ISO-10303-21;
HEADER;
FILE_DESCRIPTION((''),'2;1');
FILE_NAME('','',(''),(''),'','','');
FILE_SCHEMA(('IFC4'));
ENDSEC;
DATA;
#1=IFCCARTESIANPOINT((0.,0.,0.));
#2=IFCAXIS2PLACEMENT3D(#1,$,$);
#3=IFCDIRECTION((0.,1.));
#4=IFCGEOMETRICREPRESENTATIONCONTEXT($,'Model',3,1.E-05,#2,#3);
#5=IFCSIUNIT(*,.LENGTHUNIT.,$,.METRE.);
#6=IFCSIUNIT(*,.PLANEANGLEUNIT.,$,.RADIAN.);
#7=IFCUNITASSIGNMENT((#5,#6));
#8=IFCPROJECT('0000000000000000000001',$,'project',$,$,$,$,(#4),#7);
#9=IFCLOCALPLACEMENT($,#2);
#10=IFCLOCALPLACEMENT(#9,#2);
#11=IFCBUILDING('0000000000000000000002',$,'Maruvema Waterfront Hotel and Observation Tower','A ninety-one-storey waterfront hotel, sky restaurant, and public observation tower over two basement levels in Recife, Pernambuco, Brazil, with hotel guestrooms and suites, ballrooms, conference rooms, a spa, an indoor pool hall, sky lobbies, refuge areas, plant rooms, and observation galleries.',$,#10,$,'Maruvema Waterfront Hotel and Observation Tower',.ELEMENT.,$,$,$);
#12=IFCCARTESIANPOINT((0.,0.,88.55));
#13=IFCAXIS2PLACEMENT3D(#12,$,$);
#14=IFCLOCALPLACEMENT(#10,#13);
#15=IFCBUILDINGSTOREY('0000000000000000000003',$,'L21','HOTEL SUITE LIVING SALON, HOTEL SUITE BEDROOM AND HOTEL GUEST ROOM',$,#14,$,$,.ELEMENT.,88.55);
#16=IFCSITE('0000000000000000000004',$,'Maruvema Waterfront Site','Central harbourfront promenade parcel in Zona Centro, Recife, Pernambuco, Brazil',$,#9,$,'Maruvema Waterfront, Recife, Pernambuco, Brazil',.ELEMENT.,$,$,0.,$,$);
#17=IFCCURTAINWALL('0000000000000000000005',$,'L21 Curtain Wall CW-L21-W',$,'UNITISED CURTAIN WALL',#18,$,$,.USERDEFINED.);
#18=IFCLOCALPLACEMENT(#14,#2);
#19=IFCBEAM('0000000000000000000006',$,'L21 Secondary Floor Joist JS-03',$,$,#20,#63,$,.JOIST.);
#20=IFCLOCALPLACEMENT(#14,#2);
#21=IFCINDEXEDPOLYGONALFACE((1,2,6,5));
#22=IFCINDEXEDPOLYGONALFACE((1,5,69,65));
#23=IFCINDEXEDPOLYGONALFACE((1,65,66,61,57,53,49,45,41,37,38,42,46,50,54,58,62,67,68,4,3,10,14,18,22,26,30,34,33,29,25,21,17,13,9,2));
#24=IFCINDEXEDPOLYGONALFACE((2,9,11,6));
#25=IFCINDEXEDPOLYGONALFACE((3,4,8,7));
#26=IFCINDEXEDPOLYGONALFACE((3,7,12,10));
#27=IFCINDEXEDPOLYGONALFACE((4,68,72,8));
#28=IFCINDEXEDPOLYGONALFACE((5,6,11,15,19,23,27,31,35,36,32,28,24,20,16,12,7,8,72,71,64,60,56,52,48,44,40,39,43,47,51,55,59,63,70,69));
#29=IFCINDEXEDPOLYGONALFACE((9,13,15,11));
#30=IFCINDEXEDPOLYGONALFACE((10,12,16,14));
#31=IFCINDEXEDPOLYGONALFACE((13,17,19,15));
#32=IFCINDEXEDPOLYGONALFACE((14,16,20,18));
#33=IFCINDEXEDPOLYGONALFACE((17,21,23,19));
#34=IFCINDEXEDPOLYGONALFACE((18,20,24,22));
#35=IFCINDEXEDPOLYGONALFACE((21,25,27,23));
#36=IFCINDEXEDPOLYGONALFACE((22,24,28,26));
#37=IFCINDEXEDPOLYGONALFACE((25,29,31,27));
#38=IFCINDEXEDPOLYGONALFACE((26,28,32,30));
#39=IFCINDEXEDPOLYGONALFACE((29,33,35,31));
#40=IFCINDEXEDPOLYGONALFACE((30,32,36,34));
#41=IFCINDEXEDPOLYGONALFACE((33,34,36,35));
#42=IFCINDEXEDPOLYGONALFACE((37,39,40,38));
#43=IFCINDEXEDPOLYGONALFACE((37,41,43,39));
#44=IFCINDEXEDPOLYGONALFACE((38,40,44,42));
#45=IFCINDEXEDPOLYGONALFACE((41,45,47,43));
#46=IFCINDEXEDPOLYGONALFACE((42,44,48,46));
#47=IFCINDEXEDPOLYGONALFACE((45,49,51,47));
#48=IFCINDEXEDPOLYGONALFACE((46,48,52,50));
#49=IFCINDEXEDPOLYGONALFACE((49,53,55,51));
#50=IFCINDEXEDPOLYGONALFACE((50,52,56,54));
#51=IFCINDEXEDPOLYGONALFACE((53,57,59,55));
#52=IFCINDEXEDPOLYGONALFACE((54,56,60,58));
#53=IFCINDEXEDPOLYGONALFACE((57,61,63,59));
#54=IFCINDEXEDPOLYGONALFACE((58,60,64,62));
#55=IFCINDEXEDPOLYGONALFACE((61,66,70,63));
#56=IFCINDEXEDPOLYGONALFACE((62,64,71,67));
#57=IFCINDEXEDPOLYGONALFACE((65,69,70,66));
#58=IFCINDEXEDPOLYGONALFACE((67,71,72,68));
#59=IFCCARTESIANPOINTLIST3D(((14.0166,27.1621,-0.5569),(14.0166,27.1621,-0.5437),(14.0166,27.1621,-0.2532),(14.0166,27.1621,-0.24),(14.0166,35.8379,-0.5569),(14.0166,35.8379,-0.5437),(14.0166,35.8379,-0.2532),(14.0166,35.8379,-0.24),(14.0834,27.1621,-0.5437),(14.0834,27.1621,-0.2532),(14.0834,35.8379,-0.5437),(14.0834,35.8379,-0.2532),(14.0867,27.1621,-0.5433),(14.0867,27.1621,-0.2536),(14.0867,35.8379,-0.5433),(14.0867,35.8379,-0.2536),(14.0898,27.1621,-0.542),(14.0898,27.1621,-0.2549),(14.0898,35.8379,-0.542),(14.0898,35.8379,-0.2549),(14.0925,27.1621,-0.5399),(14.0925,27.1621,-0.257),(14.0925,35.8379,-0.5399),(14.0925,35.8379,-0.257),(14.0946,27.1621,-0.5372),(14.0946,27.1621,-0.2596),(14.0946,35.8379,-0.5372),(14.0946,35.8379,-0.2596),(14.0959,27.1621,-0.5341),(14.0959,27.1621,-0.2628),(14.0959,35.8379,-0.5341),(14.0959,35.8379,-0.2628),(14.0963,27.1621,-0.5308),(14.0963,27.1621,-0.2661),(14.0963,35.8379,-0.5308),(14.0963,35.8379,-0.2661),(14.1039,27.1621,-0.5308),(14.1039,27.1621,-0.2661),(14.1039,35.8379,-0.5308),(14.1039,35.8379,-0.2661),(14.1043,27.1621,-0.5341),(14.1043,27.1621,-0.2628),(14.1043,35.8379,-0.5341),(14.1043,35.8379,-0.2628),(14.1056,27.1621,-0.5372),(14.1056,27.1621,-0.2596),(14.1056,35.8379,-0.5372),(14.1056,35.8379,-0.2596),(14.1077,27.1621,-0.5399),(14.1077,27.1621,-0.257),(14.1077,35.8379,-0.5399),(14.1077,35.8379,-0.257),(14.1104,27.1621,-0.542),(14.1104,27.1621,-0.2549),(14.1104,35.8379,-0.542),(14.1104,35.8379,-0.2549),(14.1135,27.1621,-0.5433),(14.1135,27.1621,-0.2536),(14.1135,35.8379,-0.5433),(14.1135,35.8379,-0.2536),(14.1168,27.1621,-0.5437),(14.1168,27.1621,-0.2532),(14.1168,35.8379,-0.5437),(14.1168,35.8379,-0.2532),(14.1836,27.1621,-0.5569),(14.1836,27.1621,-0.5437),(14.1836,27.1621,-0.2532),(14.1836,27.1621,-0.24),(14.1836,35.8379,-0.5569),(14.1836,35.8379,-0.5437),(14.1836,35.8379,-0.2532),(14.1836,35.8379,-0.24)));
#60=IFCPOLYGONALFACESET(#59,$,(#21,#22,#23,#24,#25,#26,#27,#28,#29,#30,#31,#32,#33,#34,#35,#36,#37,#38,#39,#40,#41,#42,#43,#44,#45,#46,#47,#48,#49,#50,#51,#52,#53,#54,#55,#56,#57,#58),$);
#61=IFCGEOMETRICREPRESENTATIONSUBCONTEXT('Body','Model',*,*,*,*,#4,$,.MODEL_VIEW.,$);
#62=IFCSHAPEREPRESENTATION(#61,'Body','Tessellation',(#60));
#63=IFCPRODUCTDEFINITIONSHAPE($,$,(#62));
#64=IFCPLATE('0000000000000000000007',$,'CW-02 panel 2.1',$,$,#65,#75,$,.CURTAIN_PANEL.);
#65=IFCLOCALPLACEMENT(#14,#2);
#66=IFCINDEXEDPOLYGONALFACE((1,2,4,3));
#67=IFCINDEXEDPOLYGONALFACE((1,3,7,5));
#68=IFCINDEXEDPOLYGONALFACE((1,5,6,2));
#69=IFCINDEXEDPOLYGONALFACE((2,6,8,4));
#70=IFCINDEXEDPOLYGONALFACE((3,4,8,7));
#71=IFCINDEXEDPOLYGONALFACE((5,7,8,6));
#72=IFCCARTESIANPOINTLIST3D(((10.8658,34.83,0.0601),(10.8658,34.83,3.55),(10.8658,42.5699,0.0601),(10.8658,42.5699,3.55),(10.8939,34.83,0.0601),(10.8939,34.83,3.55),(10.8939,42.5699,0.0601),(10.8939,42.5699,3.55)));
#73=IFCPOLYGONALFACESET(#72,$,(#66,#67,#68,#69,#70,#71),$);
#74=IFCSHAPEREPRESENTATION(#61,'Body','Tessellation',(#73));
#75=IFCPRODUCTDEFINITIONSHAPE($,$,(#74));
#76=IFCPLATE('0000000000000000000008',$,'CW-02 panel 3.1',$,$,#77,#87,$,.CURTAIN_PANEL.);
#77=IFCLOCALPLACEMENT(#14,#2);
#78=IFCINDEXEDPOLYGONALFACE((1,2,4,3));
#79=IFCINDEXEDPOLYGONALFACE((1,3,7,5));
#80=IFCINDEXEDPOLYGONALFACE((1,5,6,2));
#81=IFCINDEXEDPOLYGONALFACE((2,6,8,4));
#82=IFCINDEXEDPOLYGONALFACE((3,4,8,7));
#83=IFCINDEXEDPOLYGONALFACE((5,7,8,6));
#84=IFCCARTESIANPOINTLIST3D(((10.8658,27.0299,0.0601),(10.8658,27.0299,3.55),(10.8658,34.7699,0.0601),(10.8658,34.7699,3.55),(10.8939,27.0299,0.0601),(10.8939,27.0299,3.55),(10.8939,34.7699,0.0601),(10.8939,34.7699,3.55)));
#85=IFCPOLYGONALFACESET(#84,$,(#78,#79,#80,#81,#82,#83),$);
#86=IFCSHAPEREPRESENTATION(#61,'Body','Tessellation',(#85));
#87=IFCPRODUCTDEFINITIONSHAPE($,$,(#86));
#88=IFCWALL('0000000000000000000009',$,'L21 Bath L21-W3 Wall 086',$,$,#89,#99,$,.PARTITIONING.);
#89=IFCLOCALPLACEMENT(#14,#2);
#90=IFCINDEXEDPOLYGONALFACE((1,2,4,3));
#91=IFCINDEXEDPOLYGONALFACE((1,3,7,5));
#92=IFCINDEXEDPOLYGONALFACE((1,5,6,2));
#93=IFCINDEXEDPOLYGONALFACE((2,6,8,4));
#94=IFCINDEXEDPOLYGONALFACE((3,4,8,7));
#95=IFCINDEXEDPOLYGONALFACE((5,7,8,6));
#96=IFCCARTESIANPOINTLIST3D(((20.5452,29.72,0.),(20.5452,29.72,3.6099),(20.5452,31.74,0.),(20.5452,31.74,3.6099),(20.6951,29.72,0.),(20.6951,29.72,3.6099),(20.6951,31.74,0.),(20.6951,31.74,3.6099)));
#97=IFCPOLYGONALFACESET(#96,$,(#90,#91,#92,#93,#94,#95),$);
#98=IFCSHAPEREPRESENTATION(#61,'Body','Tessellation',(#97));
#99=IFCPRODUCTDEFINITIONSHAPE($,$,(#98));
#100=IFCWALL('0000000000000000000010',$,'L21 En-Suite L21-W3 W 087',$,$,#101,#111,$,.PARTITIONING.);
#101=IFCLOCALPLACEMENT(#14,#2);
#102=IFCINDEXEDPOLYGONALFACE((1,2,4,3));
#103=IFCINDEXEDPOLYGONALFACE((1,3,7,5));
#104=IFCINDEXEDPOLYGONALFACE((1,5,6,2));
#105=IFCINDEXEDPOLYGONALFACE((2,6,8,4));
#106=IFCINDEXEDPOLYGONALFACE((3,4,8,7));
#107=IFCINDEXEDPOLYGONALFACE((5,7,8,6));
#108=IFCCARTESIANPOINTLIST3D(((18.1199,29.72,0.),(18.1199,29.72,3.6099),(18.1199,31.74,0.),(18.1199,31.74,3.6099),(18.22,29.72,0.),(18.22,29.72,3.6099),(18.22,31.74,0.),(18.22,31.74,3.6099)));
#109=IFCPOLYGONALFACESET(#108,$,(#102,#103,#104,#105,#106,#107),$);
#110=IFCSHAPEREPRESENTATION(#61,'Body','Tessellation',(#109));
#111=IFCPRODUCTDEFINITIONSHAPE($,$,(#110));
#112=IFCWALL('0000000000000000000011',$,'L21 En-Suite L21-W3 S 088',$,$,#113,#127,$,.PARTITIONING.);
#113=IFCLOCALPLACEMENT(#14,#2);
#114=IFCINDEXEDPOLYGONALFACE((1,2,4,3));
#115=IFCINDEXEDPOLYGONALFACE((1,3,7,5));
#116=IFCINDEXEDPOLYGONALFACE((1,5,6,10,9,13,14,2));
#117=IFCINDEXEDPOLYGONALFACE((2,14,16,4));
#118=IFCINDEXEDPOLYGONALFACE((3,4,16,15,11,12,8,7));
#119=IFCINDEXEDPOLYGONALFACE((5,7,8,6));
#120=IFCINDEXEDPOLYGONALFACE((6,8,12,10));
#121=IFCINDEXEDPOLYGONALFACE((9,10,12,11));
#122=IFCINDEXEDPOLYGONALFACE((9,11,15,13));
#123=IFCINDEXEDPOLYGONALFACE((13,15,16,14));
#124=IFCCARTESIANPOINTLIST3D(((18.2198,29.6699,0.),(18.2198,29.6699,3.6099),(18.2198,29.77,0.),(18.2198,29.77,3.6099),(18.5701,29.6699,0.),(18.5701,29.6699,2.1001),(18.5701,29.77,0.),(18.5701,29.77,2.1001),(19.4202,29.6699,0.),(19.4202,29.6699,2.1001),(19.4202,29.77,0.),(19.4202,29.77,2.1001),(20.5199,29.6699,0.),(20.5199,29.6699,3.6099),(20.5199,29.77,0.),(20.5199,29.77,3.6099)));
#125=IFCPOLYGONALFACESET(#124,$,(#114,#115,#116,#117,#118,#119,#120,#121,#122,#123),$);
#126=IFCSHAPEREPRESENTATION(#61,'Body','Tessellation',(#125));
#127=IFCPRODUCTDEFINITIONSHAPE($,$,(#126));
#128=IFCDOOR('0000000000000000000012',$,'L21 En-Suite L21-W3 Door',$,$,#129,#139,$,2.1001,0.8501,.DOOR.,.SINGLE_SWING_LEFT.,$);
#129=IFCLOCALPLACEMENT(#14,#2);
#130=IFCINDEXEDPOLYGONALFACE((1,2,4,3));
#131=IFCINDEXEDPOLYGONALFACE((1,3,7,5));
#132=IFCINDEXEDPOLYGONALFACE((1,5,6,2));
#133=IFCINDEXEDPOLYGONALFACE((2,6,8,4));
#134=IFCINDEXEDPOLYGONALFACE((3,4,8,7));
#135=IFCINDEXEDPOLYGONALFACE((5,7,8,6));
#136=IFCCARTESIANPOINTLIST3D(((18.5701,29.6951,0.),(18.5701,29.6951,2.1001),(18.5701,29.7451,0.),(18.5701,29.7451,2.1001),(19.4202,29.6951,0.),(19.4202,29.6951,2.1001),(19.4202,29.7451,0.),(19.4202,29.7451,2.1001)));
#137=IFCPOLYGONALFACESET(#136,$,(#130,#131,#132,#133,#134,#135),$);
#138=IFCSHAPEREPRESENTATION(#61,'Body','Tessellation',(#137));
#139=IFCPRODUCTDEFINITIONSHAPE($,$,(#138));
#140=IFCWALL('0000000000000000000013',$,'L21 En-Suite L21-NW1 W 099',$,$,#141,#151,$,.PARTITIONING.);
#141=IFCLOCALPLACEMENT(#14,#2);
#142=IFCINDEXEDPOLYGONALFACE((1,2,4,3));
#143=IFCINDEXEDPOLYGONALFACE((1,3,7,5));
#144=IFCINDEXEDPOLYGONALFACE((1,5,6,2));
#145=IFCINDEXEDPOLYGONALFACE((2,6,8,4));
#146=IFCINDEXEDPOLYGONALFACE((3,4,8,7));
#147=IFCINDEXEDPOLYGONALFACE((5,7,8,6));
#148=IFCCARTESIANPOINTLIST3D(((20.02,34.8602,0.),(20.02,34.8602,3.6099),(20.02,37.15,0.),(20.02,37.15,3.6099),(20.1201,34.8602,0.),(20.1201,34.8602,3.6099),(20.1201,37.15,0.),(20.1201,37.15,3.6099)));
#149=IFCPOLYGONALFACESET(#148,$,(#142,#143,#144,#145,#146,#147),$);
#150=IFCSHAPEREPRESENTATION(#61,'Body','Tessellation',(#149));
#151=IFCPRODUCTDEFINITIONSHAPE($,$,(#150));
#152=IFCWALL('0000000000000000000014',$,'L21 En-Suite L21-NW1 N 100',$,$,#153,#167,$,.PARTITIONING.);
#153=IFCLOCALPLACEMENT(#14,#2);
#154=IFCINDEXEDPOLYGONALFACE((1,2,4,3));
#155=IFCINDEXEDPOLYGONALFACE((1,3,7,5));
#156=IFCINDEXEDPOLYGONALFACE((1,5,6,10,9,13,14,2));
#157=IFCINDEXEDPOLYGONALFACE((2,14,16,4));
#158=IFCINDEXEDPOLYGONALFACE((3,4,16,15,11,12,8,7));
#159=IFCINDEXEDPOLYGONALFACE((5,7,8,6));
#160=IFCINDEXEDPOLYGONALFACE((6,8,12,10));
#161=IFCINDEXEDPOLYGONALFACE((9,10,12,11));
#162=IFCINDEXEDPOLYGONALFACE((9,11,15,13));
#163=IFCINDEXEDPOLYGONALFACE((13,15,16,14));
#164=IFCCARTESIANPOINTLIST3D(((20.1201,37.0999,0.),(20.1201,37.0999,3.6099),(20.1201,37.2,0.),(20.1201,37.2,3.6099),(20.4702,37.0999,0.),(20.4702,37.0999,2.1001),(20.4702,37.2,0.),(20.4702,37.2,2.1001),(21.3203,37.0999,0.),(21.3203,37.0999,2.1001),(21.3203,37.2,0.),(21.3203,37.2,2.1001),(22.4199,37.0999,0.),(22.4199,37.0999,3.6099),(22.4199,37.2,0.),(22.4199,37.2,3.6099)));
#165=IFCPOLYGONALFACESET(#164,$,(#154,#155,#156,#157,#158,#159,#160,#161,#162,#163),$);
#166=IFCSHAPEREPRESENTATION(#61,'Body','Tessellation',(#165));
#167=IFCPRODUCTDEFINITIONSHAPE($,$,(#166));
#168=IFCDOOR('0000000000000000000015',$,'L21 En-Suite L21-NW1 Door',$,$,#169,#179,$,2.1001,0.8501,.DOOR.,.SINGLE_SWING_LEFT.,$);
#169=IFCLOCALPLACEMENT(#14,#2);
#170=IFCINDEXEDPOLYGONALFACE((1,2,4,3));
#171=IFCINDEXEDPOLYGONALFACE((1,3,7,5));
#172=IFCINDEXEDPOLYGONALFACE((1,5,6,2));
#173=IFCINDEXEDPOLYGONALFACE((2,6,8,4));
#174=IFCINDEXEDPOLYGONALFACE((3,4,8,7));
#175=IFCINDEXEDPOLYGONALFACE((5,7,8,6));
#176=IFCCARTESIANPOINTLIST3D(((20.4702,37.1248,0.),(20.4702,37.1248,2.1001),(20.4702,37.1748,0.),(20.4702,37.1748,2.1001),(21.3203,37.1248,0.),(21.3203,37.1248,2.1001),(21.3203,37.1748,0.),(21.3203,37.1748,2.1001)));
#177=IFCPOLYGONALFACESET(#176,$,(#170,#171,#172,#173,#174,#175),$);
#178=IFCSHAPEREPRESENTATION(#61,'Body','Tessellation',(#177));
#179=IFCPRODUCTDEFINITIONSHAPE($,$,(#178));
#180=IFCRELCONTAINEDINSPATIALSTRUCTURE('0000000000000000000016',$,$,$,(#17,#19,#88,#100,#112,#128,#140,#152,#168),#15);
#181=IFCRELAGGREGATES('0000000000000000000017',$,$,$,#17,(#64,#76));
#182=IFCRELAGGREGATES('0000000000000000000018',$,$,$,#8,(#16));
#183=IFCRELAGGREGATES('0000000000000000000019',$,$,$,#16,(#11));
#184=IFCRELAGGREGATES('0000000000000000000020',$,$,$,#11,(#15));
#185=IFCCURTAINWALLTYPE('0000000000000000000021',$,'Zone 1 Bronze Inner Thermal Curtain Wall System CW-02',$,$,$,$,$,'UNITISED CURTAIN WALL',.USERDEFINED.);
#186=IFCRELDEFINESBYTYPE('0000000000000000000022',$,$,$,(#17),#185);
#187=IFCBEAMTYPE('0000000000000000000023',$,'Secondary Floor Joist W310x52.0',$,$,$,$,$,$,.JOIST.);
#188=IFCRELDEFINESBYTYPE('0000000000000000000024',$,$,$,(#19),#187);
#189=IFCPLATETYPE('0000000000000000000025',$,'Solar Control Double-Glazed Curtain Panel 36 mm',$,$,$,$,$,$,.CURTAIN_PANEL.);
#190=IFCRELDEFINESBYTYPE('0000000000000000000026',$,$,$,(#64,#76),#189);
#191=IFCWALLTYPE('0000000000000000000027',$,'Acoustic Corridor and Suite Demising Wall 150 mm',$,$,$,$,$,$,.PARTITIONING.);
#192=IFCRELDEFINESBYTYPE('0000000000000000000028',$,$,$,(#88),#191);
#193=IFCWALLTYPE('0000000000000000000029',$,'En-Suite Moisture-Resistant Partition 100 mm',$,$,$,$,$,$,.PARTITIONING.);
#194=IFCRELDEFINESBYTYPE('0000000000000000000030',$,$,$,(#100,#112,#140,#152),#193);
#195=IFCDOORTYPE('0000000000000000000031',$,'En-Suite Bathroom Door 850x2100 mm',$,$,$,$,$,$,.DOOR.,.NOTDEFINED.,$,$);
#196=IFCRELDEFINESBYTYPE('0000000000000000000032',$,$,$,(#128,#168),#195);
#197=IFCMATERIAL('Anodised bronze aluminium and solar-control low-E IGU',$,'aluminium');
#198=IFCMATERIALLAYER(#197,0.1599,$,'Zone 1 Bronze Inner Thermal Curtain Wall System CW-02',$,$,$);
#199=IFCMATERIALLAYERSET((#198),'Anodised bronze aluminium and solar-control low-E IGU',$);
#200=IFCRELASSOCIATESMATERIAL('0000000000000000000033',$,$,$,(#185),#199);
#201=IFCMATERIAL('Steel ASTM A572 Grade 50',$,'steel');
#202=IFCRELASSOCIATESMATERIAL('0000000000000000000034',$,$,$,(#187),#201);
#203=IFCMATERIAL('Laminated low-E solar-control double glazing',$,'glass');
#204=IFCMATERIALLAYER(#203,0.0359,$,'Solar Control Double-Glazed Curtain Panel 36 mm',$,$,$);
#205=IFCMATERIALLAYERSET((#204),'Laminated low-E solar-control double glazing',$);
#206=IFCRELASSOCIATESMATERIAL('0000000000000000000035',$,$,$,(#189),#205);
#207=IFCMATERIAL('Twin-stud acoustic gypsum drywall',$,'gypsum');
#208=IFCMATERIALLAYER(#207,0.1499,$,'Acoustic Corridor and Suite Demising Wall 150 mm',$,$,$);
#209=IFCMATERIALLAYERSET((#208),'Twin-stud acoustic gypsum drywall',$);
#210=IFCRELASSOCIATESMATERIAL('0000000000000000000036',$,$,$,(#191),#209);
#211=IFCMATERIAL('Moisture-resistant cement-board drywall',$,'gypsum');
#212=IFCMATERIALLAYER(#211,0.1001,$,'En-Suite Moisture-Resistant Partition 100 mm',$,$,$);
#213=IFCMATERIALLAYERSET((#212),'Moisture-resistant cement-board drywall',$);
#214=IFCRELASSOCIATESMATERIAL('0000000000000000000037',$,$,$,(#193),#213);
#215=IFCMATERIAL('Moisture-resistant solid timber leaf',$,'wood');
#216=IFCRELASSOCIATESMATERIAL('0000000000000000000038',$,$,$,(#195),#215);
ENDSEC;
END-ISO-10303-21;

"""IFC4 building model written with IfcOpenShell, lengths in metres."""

from ifc_helpers import new_model, si_unit, direction, frame, frame_2d, origin, origin_2d, place, context, subcontext, project, spatial, rectangle, i_section, extrude, material, layer, layer_set, material_profile, profile_set, type_object, element, fill, aggregate, save


model = new_model("IFC4")

# Units and contexts
model_context = context("Model", 3, precision=1e-05, world=origin(), true_north=direction((0.0, 1.0)))
body_context = subcontext(model_context, "Body", "Model", "MODEL_VIEW")
ifc_project = project(units=[si_unit("LENGTHUNIT", "METRE"), si_unit("PLANEANGLEUNIT", "RADIAN")], contexts=[model_context])

# Site, building, storey
site_placement = place(None, origin())
site = spatial("IfcSite", under=ifc_project, at=site_placement, Name="Maruvema Waterfront Site", Description="Central harbourfront promenade parcel in Zona Centro, Recife, Pernambuco, Brazil", LongName="Maruvema Waterfront, Recife, Pernambuco, Brazil", CompositionType="ELEMENT", RefElevation=0.0)
building_placement = place(site_placement, origin())
building = spatial("IfcBuilding", under=site, at=building_placement, Name="Maruvema Waterfront Hotel and Observation Tower", Description="A ninety-one-storey waterfront hotel, sky restaurant, and public observation tower over two basement levels in Recife, Pernambuco, Brazil, with hotel guestrooms and suites, ballrooms, conference rooms, a spa, an indoor pool hall, sky lobbies, refuge areas, plant rooms, and observation galleries.", LongName="Maruvema Waterfront Hotel and Observation Tower", CompositionType="ELEMENT")
storey_placement = place(building_placement, frame((0.0, 0.0, 88.55)))
storey = spatial("IfcBuildingStorey", under=building, at=storey_placement, Name="L21", Description="HOTEL SUITE LIVING SALON, HOTEL SUITE BEDROOM AND HOTEL GUEST ROOM", CompositionType="ELEMENT", Elevation=88.55)

# Curtain wall
ifc_material_1 = material(Name="Anodised bronze aluminium and solar-control low-E IGU", Category="aluminium")
ifc_layer_1 = layer(ifc_material_1, 0.1599, Name="Zone 1 Bronze Inner Thermal Curtain Wall System CW-02")
ifc_layer_set_1 = layer_set([ifc_layer_1], Name="Anodised bronze aluminium and solar-control low-E IGU")
curtain_wall_type = type_object("IfcCurtainWallType", Name="Zone 1 Bronze Inner Thermal Curtain Wall System CW-02", ElementType="UNITISED CURTAIN WALL", PredefinedType="USERDEFINED", material=ifc_layer_set_1)
curtain_wall_placement = place(storey_placement, origin())
curtain_wall = element("IfcCurtainWall", 1, at=curtain_wall_placement, inside=storey, type_object=curtain_wall_type, Name="L21 Curtain Wall CW-L21-W", ObjectType="UNITISED CURTAIN WALL", PredefinedType="USERDEFINED")

# Beam
ifc_material_2 = material(Name="Steel ASTM A572 Grade 50", Category="steel")
ifc_material_profile_1 = material_profile(ifc_material_2, i_section(OverallWidth=0.167, OverallDepth=0.3169, WebThickness=0.0076, FlangeThickness=0.0132, FilletRadius=0.0129, at=origin_2d()), Name="W310x52.0")
ifc_profile_set_1 = profile_set([ifc_material_profile_1], Name="Steel ASTM A572 Grade 50")
beam_type_1 = type_object("IfcBeamType", Name="Secondary Floor Joist W310x52.0", PredefinedType="JOIST", material=ifc_profile_set_1)
beam_1_placement = place(storey_placement, frame((14.1001, 27.1621, -0.3984), z_axis=(0.0, 1.0, 0.0), x_axis=(-1.0, 0.0, 0.0)))
element("IfcBeam", 2, at=beam_1_placement, inside=storey, type_object=beam_type_1, Name="L21 Secondary Floor Joist JS-03", PredefinedType="JOIST", context=body_context, shape_type="SweptSolid", body=[
    extrude(i_section(OverallWidth=0.167, OverallDepth=0.3169, WebThickness=0.0076, FlangeThickness=0.0132, FilletRadius=0.0129, at=origin_2d()), origin(), (0.0, 0.0, 1.0), 8.6758),
])

# Plates
ifc_material_3 = material(Name="Laminated low-E solar-control double glazing", Category="glass")
ifc_layer_2 = layer(ifc_material_3, 0.0359, Name="Solar Control Double-Glazed Curtain Panel 36 mm")
ifc_layer_set_2 = layer_set([ifc_layer_2], Name="Laminated low-E solar-control double glazing")
plate_type = type_object("IfcPlateType", Name="Solar Control Double-Glazed Curtain Panel 36 mm", PredefinedType="CURTAIN_PANEL", material=ifc_layer_set_2)
plate_1_placement = place(storey_placement, frame((10.8799, 38.7, 0.0601), z_axis=(0.0, 0.0, 1.0), x_axis=(0.0, -1.0, 0.0)))
plate_1 = element("IfcPlate", 3, at=plate_1_placement, type_object=plate_type, Name="CW-02 panel 2.1", PredefinedType="CURTAIN_PANEL", context=body_context, shape_type="SweptSolid", body=[
    extrude(rectangle(XDim=7.74, YDim=0.0281, at=origin_2d()), origin(), (0.0, 0.0, 1.0), 3.49),
])
plate_2_placement = place(storey_placement, frame((10.8799, 30.8999, 0.0601), z_axis=(0.0, 0.0, 1.0), x_axis=(0.0, -1.0, 0.0)))
plate_2 = element("IfcPlate", 4, at=plate_2_placement, type_object=plate_type, Name="CW-02 panel 3.1", PredefinedType="CURTAIN_PANEL", context=body_context, shape_type="SweptSolid", body=[
    extrude(rectangle(XDim=7.74, YDim=0.0281, at=origin_2d()), origin(), (0.0, 0.0, 1.0), 3.49),
])
aggregate(curtain_wall, [plate_1, plate_2])

# Walls
ifc_material_4 = material(Name="Twin-stud acoustic gypsum drywall", Category="gypsum")
ifc_layer_3 = layer(ifc_material_4, 0.1499, Name="Acoustic Corridor and Suite Demising Wall 150 mm")
ifc_layer_set_3 = layer_set([ifc_layer_3], Name="Twin-stud acoustic gypsum drywall")
wall_type_1 = type_object("IfcWallType", Name="Acoustic Corridor and Suite Demising Wall 150 mm", PredefinedType="PARTITIONING", material=ifc_layer_set_3)
wall_1_placement = place(storey_placement, frame((20.6201, 29.72, 0.0), z_axis=(0.0, 0.0, 1.0), x_axis=(0.0, 1.0, 0.0)))
element("IfcWall", 5, at=wall_1_placement, inside=storey, type_object=wall_type_1, Name="L21 Bath L21-W3 Wall 086", PredefinedType="PARTITIONING", context=body_context, shape_type="SweptSolid", body=[
    extrude(rectangle(XDim=2.02, YDim=0.1499, at=frame_2d((1.01, 0.0))), origin(), (0.0, 0.0, 1.0), 3.6099),
])
ifc_material_5 = material(Name="Moisture-resistant cement-board drywall", Category="gypsum")
ifc_layer_4 = layer(ifc_material_5, 0.1001, Name="En-Suite Moisture-Resistant Partition 100 mm")
ifc_layer_set_4 = layer_set([ifc_layer_4], Name="Moisture-resistant cement-board drywall")
wall_type_2 = type_object("IfcWallType", Name="En-Suite Moisture-Resistant Partition 100 mm", PredefinedType="PARTITIONING", material=ifc_layer_set_4)
wall_2_placement = place(storey_placement, frame((18.1699, 29.72, 0.0), z_axis=(0.0, 0.0, 1.0), x_axis=(0.0, 1.0, 0.0)))
element("IfcWall", 6, at=wall_2_placement, inside=storey, type_object=wall_type_2, Name="L21 En-Suite L21-W3 W 087", PredefinedType="PARTITIONING", context=body_context, shape_type="SweptSolid", body=[
    extrude(rectangle(XDim=2.02, YDim=0.1001, at=frame_2d((1.01, 0.0))), origin(), (0.0, 0.0, 1.0), 3.6099),
])

# Wall, opening, door
wall_3_placement = place(storey_placement, frame((18.22, 29.72, 0.0), z_axis=(0.0, 0.0, 1.0), x_axis=(1.0, 0.0, 0.0)))
wall_3 = element("IfcWall", 7, at=wall_3_placement, inside=storey, type_object=wall_type_2, Name="L21 En-Suite L21-W3 S 088", PredefinedType="PARTITIONING", context=body_context, shape_type="SweptSolid", body=[
    extrude(rectangle(XDim=2.3, YDim=0.1001, at=frame_2d((1.1499, 0.0))), origin(), (0.0, 0.0, 1.0), 3.6099),
])
opening_1_placement = place(wall_3_placement, frame((0.3501, 0.0, 0.0)))
opening_1 = element("IfcOpeningElement", 8, at=opening_1_placement, cuts=wall_3, PredefinedType="OPENING", context=body_context, shape_type="SweptSolid", body=[
    extrude(rectangle(XDim=0.8501, YDim=2.1001, at=frame_2d((0.425, 1.05))), frame((0.0, 0.0601, 0.0), z_axis=(0.0, -1.0, 0.0), x_axis=(1.0, 0.0, 0.0)), (0.0, 0.0, 1.0), 0.1201),
])
ifc_material_6 = material(Name="Moisture-resistant solid timber leaf", Category="wood")
door_type_1 = type_object("IfcDoorType", Name="En-Suite Bathroom Door 850x2100 mm", OperationType="NOTDEFINED", PredefinedType="DOOR", material=ifc_material_6)
door_1_placement = place(opening_1_placement, frame((0.8501, 0.0, 0.0), z_axis=(0.0, 0.0, 1.0), x_axis=(-1.0, 0.0, 0.0)))
door_1 = element("IfcDoor", 9, at=door_1_placement, inside=storey, type_object=door_type_1, Name="L21 En-Suite L21-W3 Door", OperationType="SINGLE_SWING_LEFT", OverallHeight=2.1001, OverallWidth=0.8501, PredefinedType="DOOR", context=body_context, shape_type="SweptSolid", body=[
    extrude(rectangle(XDim=0.8501, YDim=2.1001, at=frame_2d((0.425, 1.05))), frame((0.0, 0.0249, 0.0), z_axis=(0.0, -1.0, 0.0), x_axis=(1.0, 0.0, 0.0)), (0.0, 0.0, 1.0), 0.05),
])
fill(opening_1, door_1)

# Wall
wall_4_placement = place(storey_placement, frame((20.0701, 34.8601, 0.0), z_axis=(0.0, 0.0, 1.0), x_axis=(0.0, 1.0, 0.0)))
element("IfcWall", 10, at=wall_4_placement, inside=storey, type_object=wall_type_2, Name="L21 En-Suite L21-NW1 W 099", PredefinedType="PARTITIONING", context=body_context, shape_type="SweptSolid", body=[
    extrude(rectangle(XDim=2.2898, YDim=0.1001, at=frame_2d((1.145, 0.0))), origin(), (0.0, 0.0, 1.0), 3.6099),
])

# Wall, opening, door
wall_5_placement = place(storey_placement, frame((20.1201, 37.1499, 0.0), z_axis=(0.0, 0.0, 1.0), x_axis=(1.0, 0.0, 0.0)))
wall_5 = element("IfcWall", 11, at=wall_5_placement, inside=storey, type_object=wall_type_2, Name="L21 En-Suite L21-NW1 N 100", PredefinedType="PARTITIONING", context=body_context, shape_type="SweptSolid", body=[
    extrude(rectangle(XDim=2.2998, YDim=0.1001, at=frame_2d((1.1499, 0.0))), origin(), (0.0, 0.0, 1.0), 3.6099),
])
opening_2_placement = place(wall_5_placement, frame((0.3501, 0.0, 0.0)))
opening_2 = element("IfcOpeningElement", 12, at=opening_2_placement, cuts=wall_5, PredefinedType="OPENING", context=body_context, shape_type="SweptSolid", body=[
    extrude(rectangle(XDim=0.8501, YDim=2.1001, at=frame_2d((0.425, 1.05))), frame((0.0, 0.0601, 0.0), z_axis=(0.0, -1.0, 0.0), x_axis=(1.0, 0.0, 0.0)), (0.0, 0.0, 1.0), 0.1201),
])
door_2_placement = place(opening_2_placement, origin())
door_2 = element("IfcDoor", 13, at=door_2_placement, inside=storey, type_object=door_type_1, Name="L21 En-Suite L21-NW1 Door", OperationType="SINGLE_SWING_LEFT", OverallHeight=2.1001, OverallWidth=0.8501, PredefinedType="DOOR", context=body_context, shape_type="SweptSolid", body=[
    extrude(rectangle(XDim=0.8501, YDim=2.1001, at=frame_2d((0.425, 1.05))), frame((0.0, 0.0249, 0.0), z_axis=(0.0, -1.0, 0.0), x_axis=(1.0, 0.0, 0.0)), (0.0, 0.0, 1.0), 0.05),
])
fill(opening_2, door_2)

save(model, "model.ifc")
